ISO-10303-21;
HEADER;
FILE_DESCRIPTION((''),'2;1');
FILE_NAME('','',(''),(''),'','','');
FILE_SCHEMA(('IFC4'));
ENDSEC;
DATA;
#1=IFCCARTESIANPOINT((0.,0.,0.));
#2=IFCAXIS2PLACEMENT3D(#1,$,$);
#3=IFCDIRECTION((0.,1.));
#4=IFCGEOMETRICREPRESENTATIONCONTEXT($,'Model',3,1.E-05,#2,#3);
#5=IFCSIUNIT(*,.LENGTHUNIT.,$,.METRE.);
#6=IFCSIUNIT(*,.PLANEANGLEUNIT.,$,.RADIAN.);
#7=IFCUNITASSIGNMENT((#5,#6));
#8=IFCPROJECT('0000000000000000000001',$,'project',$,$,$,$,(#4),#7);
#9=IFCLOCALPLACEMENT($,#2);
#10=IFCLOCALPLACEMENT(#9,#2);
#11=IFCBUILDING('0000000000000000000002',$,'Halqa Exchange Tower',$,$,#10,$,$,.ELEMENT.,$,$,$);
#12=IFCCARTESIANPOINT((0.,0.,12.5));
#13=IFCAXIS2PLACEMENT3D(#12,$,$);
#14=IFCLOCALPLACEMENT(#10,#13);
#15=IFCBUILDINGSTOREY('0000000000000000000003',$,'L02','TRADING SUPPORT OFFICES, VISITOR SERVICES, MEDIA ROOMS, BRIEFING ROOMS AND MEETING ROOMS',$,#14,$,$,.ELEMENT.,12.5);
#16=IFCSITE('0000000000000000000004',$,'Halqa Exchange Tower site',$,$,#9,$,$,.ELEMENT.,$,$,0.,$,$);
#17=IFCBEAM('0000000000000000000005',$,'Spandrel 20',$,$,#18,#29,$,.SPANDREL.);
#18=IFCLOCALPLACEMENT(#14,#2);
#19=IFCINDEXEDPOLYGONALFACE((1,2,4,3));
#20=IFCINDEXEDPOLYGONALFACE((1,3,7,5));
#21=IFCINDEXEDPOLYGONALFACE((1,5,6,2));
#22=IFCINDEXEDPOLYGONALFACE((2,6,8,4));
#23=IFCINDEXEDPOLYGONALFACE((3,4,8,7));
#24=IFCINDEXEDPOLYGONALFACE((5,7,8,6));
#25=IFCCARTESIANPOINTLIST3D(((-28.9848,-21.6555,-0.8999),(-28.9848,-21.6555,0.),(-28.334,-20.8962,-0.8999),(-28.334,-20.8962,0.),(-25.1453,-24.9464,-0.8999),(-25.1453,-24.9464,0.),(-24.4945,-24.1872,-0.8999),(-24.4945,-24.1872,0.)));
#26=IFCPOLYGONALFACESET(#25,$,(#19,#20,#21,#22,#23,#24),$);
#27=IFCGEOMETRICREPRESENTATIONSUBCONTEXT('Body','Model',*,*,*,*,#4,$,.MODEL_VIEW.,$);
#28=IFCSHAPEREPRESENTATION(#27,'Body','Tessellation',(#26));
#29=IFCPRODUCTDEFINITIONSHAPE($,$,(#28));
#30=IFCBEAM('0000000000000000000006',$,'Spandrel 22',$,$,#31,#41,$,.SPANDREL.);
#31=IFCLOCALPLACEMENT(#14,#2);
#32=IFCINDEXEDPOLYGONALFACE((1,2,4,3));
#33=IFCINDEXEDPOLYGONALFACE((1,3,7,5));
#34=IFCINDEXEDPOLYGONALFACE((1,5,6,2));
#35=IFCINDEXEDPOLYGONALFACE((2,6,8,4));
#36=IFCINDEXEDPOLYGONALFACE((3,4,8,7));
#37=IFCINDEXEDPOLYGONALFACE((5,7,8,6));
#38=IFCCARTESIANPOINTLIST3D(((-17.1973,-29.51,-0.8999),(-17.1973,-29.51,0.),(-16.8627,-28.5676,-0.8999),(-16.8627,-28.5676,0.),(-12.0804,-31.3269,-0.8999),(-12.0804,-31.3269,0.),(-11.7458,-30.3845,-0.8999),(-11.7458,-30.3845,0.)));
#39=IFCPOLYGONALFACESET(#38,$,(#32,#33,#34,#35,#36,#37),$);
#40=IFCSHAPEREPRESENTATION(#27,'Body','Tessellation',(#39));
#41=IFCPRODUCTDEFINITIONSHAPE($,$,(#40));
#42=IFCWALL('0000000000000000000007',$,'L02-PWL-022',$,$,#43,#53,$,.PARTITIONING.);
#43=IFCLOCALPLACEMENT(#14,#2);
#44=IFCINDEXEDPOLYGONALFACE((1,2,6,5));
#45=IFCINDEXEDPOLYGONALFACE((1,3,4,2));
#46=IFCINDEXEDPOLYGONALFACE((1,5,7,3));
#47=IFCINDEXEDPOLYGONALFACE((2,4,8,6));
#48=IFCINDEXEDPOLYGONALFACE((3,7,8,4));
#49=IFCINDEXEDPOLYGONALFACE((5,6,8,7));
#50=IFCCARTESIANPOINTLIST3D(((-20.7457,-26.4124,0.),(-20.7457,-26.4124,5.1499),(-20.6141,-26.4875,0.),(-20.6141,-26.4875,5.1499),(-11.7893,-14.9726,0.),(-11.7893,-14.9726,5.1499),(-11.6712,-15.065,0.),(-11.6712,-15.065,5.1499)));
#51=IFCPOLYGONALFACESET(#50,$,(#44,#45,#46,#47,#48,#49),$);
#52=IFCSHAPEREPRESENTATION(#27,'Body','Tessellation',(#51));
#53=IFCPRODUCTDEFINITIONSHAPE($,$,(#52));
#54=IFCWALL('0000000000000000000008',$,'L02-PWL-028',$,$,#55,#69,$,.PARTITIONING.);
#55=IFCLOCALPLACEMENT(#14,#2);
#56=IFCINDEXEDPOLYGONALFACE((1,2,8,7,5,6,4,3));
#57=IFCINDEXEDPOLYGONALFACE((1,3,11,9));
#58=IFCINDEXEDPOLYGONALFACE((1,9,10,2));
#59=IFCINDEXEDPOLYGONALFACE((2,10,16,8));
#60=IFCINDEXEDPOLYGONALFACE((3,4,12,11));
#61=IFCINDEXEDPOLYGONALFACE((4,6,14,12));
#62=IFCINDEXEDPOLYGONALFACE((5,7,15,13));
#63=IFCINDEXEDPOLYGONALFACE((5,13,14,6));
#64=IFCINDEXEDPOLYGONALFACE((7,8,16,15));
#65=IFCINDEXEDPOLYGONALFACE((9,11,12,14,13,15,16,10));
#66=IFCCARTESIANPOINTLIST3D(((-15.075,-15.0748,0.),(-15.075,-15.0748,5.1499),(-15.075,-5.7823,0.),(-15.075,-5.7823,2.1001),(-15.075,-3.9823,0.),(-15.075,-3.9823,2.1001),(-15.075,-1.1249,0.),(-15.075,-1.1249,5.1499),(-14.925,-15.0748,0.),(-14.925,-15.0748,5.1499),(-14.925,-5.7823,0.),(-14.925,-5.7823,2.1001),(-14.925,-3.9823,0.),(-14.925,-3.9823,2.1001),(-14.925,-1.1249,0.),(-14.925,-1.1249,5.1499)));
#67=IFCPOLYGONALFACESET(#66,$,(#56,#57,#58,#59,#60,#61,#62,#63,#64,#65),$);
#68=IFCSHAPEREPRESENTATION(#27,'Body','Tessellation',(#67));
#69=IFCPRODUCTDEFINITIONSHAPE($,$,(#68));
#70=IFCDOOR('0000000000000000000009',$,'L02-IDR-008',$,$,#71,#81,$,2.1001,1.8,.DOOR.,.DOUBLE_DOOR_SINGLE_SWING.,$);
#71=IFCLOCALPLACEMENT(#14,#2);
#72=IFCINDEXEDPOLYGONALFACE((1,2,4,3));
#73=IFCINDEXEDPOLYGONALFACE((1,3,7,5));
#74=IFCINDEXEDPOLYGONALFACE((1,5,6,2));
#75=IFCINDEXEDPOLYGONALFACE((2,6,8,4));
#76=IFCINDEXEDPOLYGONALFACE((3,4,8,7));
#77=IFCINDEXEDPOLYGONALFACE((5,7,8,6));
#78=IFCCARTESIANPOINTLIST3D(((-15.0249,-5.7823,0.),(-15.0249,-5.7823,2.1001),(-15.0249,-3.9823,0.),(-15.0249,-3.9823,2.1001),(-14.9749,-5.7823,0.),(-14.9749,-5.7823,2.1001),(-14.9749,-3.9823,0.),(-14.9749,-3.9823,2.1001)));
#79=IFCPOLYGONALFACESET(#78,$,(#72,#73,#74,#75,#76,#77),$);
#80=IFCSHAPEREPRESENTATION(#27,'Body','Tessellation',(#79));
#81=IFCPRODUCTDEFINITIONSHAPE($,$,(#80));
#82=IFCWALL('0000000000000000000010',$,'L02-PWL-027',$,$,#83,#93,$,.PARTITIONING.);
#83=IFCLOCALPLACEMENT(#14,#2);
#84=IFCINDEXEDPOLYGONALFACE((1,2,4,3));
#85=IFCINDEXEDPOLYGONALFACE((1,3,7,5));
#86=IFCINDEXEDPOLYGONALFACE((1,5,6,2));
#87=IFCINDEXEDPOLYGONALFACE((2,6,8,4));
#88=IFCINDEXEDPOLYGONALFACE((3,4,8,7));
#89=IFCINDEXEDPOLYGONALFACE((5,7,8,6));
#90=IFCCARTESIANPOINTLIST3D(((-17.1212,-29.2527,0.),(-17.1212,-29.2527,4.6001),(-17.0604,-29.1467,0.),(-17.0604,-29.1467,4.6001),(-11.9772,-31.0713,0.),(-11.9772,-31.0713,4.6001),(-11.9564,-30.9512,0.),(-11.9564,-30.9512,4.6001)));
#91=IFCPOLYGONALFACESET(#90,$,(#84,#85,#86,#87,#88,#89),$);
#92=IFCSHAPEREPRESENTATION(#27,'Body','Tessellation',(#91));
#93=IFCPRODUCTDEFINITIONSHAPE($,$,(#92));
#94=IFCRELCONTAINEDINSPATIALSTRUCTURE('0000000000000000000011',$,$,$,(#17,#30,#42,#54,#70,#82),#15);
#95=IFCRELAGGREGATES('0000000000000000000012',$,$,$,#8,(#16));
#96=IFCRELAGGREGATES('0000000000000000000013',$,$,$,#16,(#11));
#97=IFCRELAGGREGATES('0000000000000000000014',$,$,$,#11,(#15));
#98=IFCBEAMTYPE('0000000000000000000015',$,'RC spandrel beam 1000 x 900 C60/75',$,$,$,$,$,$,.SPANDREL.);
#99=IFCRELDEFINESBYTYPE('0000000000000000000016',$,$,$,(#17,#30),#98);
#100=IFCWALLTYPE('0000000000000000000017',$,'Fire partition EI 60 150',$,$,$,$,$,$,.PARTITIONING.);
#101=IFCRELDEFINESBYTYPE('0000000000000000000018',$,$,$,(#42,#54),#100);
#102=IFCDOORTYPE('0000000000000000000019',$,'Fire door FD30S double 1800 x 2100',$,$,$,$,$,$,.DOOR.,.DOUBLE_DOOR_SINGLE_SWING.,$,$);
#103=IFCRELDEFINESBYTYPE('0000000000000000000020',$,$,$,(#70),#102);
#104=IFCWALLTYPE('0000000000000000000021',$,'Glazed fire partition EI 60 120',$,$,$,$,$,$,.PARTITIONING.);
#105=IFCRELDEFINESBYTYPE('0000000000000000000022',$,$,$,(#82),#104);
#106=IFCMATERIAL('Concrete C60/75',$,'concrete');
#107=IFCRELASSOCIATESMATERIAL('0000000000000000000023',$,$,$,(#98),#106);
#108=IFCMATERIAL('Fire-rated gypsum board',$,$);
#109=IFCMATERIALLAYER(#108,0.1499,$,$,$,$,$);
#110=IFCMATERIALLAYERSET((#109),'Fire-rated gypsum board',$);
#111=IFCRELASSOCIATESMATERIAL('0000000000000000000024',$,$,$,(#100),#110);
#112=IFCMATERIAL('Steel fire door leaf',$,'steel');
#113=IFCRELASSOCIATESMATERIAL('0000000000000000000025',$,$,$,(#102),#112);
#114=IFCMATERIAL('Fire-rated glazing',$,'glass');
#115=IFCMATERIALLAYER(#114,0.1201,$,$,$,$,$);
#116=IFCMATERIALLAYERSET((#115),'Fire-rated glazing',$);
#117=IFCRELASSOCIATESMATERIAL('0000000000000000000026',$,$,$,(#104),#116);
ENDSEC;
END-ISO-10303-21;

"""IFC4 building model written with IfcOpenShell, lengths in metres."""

from ifc_helpers import new_model, si_unit, direction, frame, frame_2d, origin, origin_2d, place, context, subcontext, project, spatial, polyline, rectangle, outline, extrude, material, layer, layer_set, material_profile, profile_set, type_object, element, fill, save


model = new_model("IFC4")

# Units and contexts
model_context = context("Model", 3, precision=1e-05, world=origin(), true_north=direction((0.0, 1.0)))
body_context = subcontext(model_context, "Body", "Model", "MODEL_VIEW")
ifc_project = project(units=[si_unit("LENGTHUNIT", "METRE"), si_unit("PLANEANGLEUNIT", "RADIAN")], contexts=[model_context])

# Site, building, storey
site_placement = place(None, origin())
site = spatial("IfcSite", under=ifc_project, at=site_placement, Name="Halqa Exchange Tower site", CompositionType="ELEMENT", RefElevation=0.0)
building_placement = place(site_placement, origin())
building = spatial("IfcBuilding", under=site, at=building_placement, Name="Halqa Exchange Tower", CompositionType="ELEMENT")
storey_placement = place(building_placement, frame((0.0, 0.0, 12.5)))
storey = spatial("IfcBuildingStorey", under=building, at=storey_placement, Name="L02", Description="TRADING SUPPORT OFFICES, VISITOR SERVICES, MEDIA ROOMS, BRIEFING ROOMS AND MEETING ROOMS", CompositionType="ELEMENT", Elevation=12.5)

# Beams
ifc_material_1 = material(Name="Concrete C60/75", Category="concrete")
ifc_material_profile_1 = material_profile(ifc_material_1, rectangle(XDim=1.0, YDim=0.8999, at=origin_2d()), Name="1000 x 900")
ifc_profile_set_1 = profile_set([ifc_material_profile_1], Name="Concrete C60/75")
beam_type_1 = type_object("IfcBeamType", Name="RC spandrel beam 1000 x 900 C60/75", PredefinedType="SPANDREL", material=ifc_profile_set_1)
beam_1_placement = place(storey_placement, frame((-28.6594, -21.2759, -0.45), z_axis=(0.759263, -0.650783, 0.0), x_axis=(0.650783, 0.759263, 0.0)))
element("IfcBeam", 1, at=beam_1_placement, inside=storey, type_object=beam_type_1, Name="Spandrel 20", PredefinedType="SPANDREL", context=body_context, shape_type="SweptSolid", body=[
    extrude(rectangle(XDim=1.0, YDim=0.8999, at=origin_2d()), origin(), (0.0, 0.0, 1.0), 5.0569),
])
beam_2_placement = place(storey_placement, frame((-17.03, -29.0388, -0.45), z_axis=(0.942358, -0.334607, 0.0), x_axis=(0.334607, 0.942358, 0.0)))
element("IfcBeam", 2, at=beam_2_placement, inside=storey, type_object=beam_type_1, Name="Spandrel 22", PredefinedType="SPANDREL", context=body_context, shape_type="SweptSolid", body=[
    extrude(rectangle(XDim=1.0, YDim=0.8999, at=origin_2d()), origin(), (0.0, 0.0, 1.0), 5.4299),
])

# Wall
ifc_material_2 = material(Name="Fire-rated gypsum board")
ifc_layer_1 = layer(ifc_material_2, 0.1499)
ifc_layer_set_1 = layer_set([ifc_layer_1], Name="Fire-rated gypsum board")
wall_type_1 = type_object("IfcWallType", Name="Fire partition EI 60 150", PredefinedType="PARTITIONING", material=ifc_layer_set_1)
wall_1_placement = place(storey_placement, frame((-20.6799, -26.45, 0.0), z_axis=(0.0, 0.0, 1.0), x_axis=(0.616462, 0.787385, 0.0)))
element("IfcWall", 3, at=wall_1_placement, inside=storey, type_object=wall_type_1, Name="L02-PWL-022", PredefinedType="PARTITIONING", context=body_context, shape_type="SweptSolid", body=[
    extrude(outline(polyline([(0.011, -0.075), (14.5178, -0.075), (14.5178, 0.075), (-0.011, 0.075), (0.011, -0.075)])), origin(), (0.0, 0.0, 1.0), 5.1499),
])

# Wall, opening, door
wall_2_placement = place(storey_placement, frame((-15.0, -15.075, 0.0), z_axis=(0.0, 0.0, 1.0), x_axis=(0.0, 1.0, 0.0)))
wall_2 = element("IfcWall", 4, at=wall_2_placement, inside=storey, type_object=wall_type_1, Name="L02-PWL-028", PredefinedType="PARTITIONING", context=body_context, shape_type="SweptSolid", body=[
    extrude(rectangle(XDim=13.95, YDim=0.1499, at=frame_2d((6.9751, 0.0))), origin(), (0.0, 0.0, 1.0), 5.1499),
])
opening_1_placement = place(wall_2_placement, frame((9.2927, 0.0, 0.0)))
opening_1 = element("IfcOpeningElement", 5, at=opening_1_placement, cuts=wall_2, PredefinedType="OPENING", context=body_context, shape_type="SweptSolid", body=[
    extrude(rectangle(XDim=1.8, YDim=2.1001, at=frame_2d((0.8999, 1.05))), frame((0.0, 0.0869, 0.0), z_axis=(0.0, -1.0, 0.0), x_axis=(1.0, 0.0, 0.0)), (0.0, 0.0, 1.0), 0.1738),
])
ifc_material_3 = material(Name="Steel fire door leaf", Category="steel")
door_type_1 = type_object("IfcDoorType", Name="Fire door FD30S double 1800 x 2100", OperationType="DOUBLE_DOOR_SINGLE_SWING", PredefinedType="DOOR", material=ifc_material_3)
door_1_placement = place(opening_1_placement, origin())
door_1 = element("IfcDoor", 6, at=door_1_placement, inside=storey, type_object=door_type_1, Name="L02-IDR-008", OperationType="DOUBLE_DOOR_SINGLE_SWING", OverallHeight=2.1001, OverallWidth=1.8, PredefinedType="DOOR", context=body_context, shape_type="SweptSolid", body=[
    extrude(rectangle(XDim=1.8, YDim=2.1001, at=frame_2d((0.8999, 1.05))), frame((0.0, 0.0249, 0.0), z_axis=(0.0, -1.0, 0.0), x_axis=(1.0, 0.0, 0.0)), (0.0, 0.0, 1.0), 0.05),
])
fill(opening_1, door_1)

# Wall
ifc_material_4 = material(Name="Fire-rated glazing", Category="glass")
ifc_layer_2 = layer(ifc_material_4, 0.1201)
ifc_layer_set_2 = layer_set([ifc_layer_2], Name="Fire-rated glazing")
wall_type_2 = type_object("IfcWallType", Name="Glazed fire partition EI 60 120", PredefinedType="PARTITIONING", material=ifc_layer_set_2)
wall_3_placement = place(storey_placement, frame((-17.0908, -29.1997, 0.0), z_axis=(0.0, 0.0, 1.0), x_axis=(0.942814, -0.333318, 0.0)))
element("IfcWall", 7, at=wall_3_placement, inside=storey, type_object=wall_type_2, Name="L02-PWL-027", PredefinedType="PARTITIONING", context=body_context, shape_type="SweptSolid", body=[
    extrude(outline(polyline([(-0.011, -0.0601), (5.4451, -0.0601), (5.4246, 0.0601), (0.011, 0.0601), (-0.011, -0.0601)])), origin(), (0.0, 0.0, 1.0), 4.6001),
])

save(model, "model.ifc")
